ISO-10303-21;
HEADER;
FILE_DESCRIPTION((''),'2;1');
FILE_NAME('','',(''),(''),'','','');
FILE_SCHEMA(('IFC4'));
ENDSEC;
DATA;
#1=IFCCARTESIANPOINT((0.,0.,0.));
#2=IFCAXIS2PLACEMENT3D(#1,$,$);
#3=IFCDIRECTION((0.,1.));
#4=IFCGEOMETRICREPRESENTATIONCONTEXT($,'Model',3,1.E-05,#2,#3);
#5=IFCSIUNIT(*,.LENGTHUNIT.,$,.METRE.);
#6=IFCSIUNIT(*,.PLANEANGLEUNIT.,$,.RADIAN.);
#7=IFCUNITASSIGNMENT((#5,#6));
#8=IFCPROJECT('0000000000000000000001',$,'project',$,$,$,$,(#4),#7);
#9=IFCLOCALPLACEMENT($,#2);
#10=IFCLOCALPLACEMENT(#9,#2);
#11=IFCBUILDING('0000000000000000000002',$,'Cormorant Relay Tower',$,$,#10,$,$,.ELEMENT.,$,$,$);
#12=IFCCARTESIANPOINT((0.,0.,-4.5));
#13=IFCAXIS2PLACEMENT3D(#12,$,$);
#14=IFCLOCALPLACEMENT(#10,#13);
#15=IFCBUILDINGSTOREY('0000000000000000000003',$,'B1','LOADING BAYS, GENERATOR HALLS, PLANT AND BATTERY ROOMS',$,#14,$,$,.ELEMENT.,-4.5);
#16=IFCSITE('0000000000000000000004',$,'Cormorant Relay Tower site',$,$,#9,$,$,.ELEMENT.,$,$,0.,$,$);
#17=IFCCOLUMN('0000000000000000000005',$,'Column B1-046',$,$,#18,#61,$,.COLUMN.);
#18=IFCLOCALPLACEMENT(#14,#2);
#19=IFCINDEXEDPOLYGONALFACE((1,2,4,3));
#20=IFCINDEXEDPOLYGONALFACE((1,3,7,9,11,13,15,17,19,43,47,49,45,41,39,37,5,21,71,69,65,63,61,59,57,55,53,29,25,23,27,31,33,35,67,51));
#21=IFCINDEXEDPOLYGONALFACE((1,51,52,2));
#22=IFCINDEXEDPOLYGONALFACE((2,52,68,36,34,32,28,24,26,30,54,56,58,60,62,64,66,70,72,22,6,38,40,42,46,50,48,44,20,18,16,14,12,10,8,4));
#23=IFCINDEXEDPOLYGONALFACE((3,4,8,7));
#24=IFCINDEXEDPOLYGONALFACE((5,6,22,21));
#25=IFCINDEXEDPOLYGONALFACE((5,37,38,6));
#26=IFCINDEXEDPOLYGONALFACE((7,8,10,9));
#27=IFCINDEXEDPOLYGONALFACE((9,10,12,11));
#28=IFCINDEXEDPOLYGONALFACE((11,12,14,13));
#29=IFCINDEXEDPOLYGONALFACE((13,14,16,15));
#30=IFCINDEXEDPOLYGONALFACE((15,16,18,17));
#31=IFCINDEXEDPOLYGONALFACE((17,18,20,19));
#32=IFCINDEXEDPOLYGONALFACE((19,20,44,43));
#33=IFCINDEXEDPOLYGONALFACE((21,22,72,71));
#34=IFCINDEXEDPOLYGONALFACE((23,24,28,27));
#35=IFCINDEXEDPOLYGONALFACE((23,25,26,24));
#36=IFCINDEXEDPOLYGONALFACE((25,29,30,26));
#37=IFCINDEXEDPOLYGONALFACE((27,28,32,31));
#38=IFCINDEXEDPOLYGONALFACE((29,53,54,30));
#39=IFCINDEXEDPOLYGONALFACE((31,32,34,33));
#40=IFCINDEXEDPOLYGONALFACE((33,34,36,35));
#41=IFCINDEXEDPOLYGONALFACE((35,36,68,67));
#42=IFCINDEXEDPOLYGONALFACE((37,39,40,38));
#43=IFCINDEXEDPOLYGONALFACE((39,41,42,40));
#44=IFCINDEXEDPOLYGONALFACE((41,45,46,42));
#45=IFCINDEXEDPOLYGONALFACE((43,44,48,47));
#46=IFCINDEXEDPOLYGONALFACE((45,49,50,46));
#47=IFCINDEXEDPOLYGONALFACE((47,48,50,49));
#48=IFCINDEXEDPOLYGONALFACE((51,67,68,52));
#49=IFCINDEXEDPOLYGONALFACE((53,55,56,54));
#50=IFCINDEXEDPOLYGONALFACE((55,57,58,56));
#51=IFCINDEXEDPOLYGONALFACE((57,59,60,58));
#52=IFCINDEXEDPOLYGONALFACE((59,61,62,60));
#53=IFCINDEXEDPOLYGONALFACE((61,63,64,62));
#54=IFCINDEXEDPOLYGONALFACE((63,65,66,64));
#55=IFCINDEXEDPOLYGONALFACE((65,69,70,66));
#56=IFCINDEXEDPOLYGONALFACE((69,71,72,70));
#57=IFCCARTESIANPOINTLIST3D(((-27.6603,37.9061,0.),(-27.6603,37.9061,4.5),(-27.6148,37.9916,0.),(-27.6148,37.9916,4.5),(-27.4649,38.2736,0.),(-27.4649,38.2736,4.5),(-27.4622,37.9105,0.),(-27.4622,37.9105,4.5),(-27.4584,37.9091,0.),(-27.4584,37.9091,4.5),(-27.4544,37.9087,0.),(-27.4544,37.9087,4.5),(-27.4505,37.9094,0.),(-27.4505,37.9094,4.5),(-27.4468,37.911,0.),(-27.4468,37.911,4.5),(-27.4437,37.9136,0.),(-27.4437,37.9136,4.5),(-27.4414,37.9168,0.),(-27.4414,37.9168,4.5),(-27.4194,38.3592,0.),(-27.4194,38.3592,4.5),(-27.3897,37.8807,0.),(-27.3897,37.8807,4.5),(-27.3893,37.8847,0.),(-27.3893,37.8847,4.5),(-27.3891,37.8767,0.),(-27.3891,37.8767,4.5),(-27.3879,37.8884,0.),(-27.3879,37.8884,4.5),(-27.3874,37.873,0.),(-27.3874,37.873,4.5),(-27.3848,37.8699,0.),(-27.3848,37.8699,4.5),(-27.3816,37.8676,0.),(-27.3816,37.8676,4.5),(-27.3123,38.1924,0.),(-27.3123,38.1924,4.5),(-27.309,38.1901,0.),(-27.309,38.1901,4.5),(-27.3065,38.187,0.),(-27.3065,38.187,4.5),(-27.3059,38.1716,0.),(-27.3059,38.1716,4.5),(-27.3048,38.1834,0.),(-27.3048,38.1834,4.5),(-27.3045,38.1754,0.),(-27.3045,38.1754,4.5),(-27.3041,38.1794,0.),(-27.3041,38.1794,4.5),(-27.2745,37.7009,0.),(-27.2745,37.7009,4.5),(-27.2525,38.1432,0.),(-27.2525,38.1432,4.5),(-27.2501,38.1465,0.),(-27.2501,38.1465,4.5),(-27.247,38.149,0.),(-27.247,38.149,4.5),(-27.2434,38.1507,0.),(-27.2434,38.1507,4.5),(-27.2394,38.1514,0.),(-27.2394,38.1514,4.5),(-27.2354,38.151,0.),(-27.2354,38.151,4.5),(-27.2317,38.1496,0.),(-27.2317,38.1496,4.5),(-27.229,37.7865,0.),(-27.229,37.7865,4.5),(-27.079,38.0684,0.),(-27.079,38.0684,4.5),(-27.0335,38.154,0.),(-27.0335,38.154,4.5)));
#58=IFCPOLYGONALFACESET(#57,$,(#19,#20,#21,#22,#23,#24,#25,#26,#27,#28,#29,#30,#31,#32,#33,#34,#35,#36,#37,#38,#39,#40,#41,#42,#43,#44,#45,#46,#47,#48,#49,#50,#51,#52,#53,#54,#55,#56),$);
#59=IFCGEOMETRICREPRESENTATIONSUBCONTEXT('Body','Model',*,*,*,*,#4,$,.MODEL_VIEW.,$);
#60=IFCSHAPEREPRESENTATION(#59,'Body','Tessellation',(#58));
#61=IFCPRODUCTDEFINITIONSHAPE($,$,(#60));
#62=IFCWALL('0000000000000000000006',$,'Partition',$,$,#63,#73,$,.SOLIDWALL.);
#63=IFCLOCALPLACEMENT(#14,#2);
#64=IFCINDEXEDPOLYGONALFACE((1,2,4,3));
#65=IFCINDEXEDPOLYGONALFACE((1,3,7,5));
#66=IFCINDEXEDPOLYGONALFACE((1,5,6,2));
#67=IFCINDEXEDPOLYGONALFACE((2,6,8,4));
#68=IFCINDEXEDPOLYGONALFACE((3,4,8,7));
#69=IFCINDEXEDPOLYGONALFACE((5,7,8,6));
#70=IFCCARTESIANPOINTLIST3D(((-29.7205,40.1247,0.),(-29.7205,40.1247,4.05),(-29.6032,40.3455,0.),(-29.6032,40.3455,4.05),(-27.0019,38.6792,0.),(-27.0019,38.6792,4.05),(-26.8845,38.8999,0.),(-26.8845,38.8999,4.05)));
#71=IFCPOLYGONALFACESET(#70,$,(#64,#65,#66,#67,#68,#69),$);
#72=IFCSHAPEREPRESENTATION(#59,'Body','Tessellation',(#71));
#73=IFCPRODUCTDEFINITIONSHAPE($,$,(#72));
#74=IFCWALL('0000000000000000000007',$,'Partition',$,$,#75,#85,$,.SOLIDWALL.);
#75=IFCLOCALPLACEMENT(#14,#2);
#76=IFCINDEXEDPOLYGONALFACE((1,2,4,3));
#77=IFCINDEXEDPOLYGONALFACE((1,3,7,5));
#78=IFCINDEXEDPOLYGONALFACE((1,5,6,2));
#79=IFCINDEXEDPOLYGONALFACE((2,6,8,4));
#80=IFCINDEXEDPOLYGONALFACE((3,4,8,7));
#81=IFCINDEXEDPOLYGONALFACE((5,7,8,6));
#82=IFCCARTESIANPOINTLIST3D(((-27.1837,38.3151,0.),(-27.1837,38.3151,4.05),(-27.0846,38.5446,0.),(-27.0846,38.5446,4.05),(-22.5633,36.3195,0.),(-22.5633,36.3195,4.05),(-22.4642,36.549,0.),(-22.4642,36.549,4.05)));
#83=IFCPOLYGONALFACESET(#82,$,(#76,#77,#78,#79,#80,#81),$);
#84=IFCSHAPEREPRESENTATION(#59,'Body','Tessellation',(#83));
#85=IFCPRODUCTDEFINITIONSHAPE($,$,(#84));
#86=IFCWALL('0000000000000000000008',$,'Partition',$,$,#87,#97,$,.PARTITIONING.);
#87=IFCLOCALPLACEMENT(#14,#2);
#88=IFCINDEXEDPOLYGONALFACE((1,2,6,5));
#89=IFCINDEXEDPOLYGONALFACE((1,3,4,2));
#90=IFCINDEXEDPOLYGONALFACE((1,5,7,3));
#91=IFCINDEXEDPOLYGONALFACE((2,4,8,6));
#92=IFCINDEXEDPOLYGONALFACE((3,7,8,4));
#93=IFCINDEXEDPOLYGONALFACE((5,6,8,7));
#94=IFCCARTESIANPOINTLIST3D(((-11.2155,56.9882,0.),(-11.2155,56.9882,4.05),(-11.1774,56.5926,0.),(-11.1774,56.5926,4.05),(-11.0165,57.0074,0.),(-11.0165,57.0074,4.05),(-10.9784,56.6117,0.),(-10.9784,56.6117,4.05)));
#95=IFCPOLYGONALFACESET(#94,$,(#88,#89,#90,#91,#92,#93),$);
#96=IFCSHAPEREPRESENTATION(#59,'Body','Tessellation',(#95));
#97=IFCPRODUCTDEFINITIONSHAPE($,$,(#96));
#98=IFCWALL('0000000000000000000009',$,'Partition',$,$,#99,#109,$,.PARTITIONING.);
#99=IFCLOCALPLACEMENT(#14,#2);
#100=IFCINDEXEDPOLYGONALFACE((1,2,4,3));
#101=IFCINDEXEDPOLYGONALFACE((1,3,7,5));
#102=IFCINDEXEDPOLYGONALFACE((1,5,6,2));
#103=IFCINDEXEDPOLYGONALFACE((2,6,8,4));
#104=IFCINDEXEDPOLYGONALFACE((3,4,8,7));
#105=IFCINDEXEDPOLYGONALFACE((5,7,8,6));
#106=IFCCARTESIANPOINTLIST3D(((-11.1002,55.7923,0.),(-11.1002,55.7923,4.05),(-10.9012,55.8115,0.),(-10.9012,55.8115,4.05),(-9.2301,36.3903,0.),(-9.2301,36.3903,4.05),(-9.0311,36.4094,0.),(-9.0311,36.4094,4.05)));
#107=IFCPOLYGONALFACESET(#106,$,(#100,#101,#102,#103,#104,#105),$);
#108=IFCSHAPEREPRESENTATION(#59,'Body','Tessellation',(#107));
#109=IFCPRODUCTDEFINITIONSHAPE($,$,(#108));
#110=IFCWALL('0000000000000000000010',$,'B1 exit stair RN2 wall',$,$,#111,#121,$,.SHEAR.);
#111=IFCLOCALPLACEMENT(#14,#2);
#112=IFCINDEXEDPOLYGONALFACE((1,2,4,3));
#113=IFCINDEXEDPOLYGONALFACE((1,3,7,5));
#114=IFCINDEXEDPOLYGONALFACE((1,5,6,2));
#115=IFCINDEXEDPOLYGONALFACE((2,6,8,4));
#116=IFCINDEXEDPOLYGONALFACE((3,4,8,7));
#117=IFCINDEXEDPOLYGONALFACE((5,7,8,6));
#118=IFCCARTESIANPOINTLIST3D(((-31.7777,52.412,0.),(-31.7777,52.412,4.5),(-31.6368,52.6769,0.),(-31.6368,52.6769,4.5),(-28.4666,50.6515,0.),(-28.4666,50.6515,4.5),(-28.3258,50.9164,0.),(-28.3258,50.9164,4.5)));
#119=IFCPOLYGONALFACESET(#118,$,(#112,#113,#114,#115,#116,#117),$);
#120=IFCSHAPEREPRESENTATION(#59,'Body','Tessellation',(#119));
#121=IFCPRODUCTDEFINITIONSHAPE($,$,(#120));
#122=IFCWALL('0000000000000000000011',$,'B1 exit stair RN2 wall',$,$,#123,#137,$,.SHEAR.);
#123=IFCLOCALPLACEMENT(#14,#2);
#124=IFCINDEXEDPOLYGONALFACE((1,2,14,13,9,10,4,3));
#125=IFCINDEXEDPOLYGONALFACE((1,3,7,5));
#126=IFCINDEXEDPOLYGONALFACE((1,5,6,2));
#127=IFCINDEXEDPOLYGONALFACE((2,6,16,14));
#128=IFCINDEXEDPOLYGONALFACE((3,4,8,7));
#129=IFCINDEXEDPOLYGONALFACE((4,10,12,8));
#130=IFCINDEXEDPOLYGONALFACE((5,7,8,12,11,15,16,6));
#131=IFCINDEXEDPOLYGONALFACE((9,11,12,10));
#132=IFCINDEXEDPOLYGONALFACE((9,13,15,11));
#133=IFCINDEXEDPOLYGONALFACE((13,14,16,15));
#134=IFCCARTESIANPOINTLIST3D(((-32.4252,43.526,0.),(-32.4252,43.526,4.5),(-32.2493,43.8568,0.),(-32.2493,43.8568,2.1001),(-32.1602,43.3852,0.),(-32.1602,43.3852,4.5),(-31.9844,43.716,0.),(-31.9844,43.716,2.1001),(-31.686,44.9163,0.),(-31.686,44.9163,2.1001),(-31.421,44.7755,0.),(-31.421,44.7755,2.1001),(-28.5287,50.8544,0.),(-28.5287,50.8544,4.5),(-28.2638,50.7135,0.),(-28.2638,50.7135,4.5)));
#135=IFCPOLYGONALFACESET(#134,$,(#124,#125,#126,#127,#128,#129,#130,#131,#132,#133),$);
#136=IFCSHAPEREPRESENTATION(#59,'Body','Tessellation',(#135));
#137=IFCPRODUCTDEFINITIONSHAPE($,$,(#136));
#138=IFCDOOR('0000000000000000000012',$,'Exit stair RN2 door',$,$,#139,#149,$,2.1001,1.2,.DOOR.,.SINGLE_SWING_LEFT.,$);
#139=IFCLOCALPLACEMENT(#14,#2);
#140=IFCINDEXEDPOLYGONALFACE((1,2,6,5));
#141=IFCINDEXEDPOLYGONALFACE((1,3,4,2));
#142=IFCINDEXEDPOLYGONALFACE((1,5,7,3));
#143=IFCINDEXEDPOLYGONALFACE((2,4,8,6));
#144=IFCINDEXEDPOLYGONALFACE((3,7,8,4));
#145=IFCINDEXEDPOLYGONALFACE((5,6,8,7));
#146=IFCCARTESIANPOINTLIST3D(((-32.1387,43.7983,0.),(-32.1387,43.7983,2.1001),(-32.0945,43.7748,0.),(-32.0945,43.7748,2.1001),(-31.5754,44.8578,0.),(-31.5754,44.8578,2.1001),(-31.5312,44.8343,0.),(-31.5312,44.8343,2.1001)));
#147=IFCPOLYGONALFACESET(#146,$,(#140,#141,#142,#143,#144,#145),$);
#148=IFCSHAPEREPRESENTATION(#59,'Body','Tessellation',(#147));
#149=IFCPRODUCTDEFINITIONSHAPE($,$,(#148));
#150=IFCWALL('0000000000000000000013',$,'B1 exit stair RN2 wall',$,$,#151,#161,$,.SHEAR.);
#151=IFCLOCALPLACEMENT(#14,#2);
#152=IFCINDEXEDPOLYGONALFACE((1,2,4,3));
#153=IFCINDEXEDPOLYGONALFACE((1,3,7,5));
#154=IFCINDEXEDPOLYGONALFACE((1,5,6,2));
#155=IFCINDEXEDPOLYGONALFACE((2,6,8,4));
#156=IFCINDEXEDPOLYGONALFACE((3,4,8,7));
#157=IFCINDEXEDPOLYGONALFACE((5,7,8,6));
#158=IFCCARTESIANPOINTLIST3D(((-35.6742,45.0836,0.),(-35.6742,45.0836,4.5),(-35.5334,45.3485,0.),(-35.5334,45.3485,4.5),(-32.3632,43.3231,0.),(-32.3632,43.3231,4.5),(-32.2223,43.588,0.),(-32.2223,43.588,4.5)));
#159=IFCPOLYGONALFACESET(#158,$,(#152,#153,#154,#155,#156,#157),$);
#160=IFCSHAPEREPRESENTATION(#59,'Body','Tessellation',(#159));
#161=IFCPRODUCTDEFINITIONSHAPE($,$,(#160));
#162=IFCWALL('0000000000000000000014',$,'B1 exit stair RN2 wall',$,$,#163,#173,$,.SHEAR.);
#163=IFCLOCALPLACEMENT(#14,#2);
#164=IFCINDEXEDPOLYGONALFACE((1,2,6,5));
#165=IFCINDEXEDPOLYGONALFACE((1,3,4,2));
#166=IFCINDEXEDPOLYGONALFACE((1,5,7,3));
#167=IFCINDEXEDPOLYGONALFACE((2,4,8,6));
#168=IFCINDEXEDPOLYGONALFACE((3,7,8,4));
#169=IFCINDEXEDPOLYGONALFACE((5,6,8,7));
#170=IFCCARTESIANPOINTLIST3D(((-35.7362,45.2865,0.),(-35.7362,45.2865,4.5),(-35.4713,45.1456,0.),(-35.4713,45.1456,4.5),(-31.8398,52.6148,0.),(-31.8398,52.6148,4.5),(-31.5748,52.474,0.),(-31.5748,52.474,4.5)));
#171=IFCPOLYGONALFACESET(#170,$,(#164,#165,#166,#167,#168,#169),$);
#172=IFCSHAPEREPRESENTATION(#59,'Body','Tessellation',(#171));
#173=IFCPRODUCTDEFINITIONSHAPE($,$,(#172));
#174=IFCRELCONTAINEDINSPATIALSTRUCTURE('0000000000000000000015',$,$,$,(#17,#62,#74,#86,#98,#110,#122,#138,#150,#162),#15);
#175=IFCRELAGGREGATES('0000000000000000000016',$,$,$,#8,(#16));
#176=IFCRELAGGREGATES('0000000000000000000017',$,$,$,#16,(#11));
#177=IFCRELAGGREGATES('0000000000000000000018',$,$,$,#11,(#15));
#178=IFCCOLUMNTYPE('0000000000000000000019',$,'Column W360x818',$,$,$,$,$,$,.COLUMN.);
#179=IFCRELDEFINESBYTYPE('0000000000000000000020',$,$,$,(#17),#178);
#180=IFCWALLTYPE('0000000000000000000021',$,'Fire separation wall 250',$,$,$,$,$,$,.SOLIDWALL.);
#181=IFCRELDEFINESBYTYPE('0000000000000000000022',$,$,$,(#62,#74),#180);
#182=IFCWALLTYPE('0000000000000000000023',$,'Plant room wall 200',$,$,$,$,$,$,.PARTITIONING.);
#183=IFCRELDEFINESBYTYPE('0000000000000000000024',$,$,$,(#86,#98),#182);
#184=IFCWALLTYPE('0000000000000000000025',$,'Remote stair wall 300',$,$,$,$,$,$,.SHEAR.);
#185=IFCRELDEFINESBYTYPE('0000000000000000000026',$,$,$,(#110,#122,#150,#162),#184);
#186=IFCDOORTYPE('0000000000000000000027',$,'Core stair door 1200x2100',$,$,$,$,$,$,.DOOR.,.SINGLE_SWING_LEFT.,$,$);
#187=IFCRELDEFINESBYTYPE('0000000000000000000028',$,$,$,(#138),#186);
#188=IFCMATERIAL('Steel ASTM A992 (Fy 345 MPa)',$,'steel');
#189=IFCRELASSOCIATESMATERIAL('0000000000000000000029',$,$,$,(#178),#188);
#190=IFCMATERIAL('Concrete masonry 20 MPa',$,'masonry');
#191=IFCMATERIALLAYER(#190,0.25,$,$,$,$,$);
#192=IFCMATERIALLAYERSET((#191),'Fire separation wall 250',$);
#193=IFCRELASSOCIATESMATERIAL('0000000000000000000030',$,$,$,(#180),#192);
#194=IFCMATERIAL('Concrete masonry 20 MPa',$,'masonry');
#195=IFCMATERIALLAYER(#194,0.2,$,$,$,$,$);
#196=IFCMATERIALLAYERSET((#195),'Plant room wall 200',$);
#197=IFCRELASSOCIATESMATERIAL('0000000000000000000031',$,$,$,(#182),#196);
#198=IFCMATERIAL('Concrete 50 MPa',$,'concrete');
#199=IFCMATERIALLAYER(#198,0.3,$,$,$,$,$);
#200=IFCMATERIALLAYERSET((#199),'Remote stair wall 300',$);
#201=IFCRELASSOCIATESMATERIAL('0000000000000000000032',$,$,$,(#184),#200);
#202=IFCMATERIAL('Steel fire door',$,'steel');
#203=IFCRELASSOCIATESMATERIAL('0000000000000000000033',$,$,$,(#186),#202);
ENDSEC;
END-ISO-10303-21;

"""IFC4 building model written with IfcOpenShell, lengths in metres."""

from ifc_helpers import new_model, si_unit, direction, frame, frame_2d, origin, origin_2d, place, context, subcontext, project, spatial, rectangle, i_section, extrude, material, layer, layer_set, material_profile, profile_set, type_object, element, fill, save


model = new_model("IFC4")

# Units and contexts
model_context = context("Model", 3, precision=1e-05, world=origin(), true_north=direction((0.0, 1.0)))
body_context = subcontext(model_context, "Body", "Model", "MODEL_VIEW")
ifc_project = project(units=[si_unit("LENGTHUNIT", "METRE"), si_unit("PLANEANGLEUNIT", "RADIAN")], contexts=[model_context])

# Site, building, storey
site_placement = place(None, origin())
site = spatial("IfcSite", under=ifc_project, at=site_placement, Name="Cormorant Relay Tower site", CompositionType="ELEMENT", RefElevation=0.0)
building_placement = place(site_placement, origin())
building = spatial("IfcBuilding", under=site, at=building_placement, Name="Cormorant Relay Tower", CompositionType="ELEMENT")
storey_placement = place(building_placement, frame((0.0, 0.0, -4.5)))
storey = spatial("IfcBuildingStorey", under=building, at=storey_placement, Name="B1", Description="LOADING BAYS, GENERATOR HALLS, PLANT AND BATTERY ROOMS", CompositionType="ELEMENT", Elevation=-4.5)

# Column
ifc_material_1 = material(Name="Steel ASTM A992 (Fy 345 MPa)", Category="steel")
ifc_material_profile_1 = material_profile(ifc_material_1, i_section(OverallWidth=0.437, OverallDepth=0.5132, WebThickness=0.0605, FlangeThickness=0.0969, FilletRadius=0.0154, at=origin_2d()), Name="W360x818")
ifc_profile_set_1 = profile_set([ifc_material_profile_1], Name="Steel ASTM A992 (Fy 345 MPa)")
column_type_1 = type_object("IfcColumnType", Name="Column W360x818", PredefinedType="COLUMN", material=ifc_profile_set_1)
column_1_placement = place(storey_placement, frame((-27.3469, 38.03, 0.0), z_axis=(0.0, 0.0, 1.0), x_axis=(-0.882948, 0.469472, 0.0)))
element("IfcColumn", 1, at=column_1_placement, inside=storey, type_object=column_type_1, Name="Column B1-046", PredefinedType="COLUMN", context=body_context, shape_type="SweptSolid", body=[
    extrude(i_section(OverallWidth=0.437, OverallDepth=0.5132, WebThickness=0.0605, FlangeThickness=0.0969, FilletRadius=0.0154, at=origin_2d()), origin(), (0.0, 0.0, 1.0), 4.5),
])

# Walls
ifc_material_2 = material(Name="Concrete masonry 20 MPa", Category="masonry")
ifc_layer_1 = layer(ifc_material_2, 0.25)
ifc_layer_set_1 = layer_set([ifc_layer_1], Name="Fire separation wall 250")
wall_type_1 = type_object("IfcWallType", Name="Fire separation wall 250", PredefinedType="SOLIDWALL", material=ifc_layer_set_1)
wall_1_placement = place(storey_placement, frame((-29.6619, 40.2351, 0.0), z_axis=(0.0, 0.0, 1.0), x_axis=(0.882951, -0.469464, 0.0)))
element("IfcWall", 2, at=wall_1_placement, inside=storey, type_object=wall_type_1, Name="Partition", PredefinedType="SOLIDWALL", context=body_context, shape_type="SweptSolid", body=[
    extrude(rectangle(XDim=3.0791, YDim=0.25, at=frame_2d((1.5396, 0.0))), origin(), (0.0, 0.0, 1.0), 4.05),
])
wall_2_placement = place(storey_placement, frame((-27.1343, 38.4299, 0.0), z_axis=(0.0, 0.0, 1.0), x_axis=(0.91803, -0.396511, 0.0)))
element("IfcWall", 3, at=wall_2_placement, inside=storey, type_object=wall_type_1, Name="Partition", PredefinedType="SOLIDWALL", context=body_context, shape_type="SweptSolid", body=[
    extrude(rectangle(XDim=5.033, YDim=0.25, at=frame_2d((2.5166, 0.0))), origin(), (0.0, 0.0, 1.0), 4.05),
])
ifc_material_3 = material(Name="Concrete masonry 20 MPa", Category="masonry")
ifc_layer_2 = layer(ifc_material_3, 0.2)
ifc_layer_set_2 = layer_set([ifc_layer_2], Name="Plant room wall 200")
wall_type_2 = type_object("IfcWallType", Name="Plant room wall 200", PredefinedType="PARTITIONING", material=ifc_layer_set_2)
wall_3_placement = place(storey_placement, frame((-11.116, 56.9978, 0.0), z_axis=(0.0, 0.0, 1.0), x_axis=(0.095794, -0.995401, 0.0)))
element("IfcWall", 4, at=wall_3_placement, inside=storey, type_object=wall_type_2, Name="Partition", PredefinedType="PARTITIONING", context=body_context, shape_type="SweptSolid", body=[
    extrude(rectangle(XDim=0.3975, YDim=0.2, at=frame_2d((0.1987, 0.0))), origin(), (0.0, 0.0, 1.0), 4.05),
])
wall_4_placement = place(storey_placement, frame((-11.0007, 55.802, 0.0), z_axis=(0.0, 0.0, 1.0), x_axis=(0.095943, -0.995387, 0.0)))
element("IfcWall", 5, at=wall_4_placement, inside=storey, type_object=wall_type_2, Name="Partition", PredefinedType="PARTITIONING", context=body_context, shape_type="SweptSolid", body=[
    extrude(rectangle(XDim=19.4919, YDim=0.2, at=frame_2d((9.7461, 0.0))), origin(), (0.0, 0.0, 1.0), 4.05),
])
ifc_material_4 = material(Name="Concrete 50 MPa", Category="concrete")
ifc_layer_3 = layer(ifc_material_4, 0.3)
ifc_layer_set_3 = layer_set([ifc_layer_3], Name="Remote stair wall 300")
wall_type_3 = type_object("IfcWallType", Name="Remote stair wall 300", PredefinedType="SHEAR", material=ifc_layer_set_3)
wall_5_placement = place(storey_placement, frame((-31.7073, 52.5444, 0.0), z_axis=(0.0, 0.0, 1.0), x_axis=(0.882949, -0.469469, 0.0)))
element("IfcWall", 6, at=wall_5_placement, inside=storey, type_object=wall_type_3, Name="B1 exit stair RN2 wall", PredefinedType="SHEAR", context=body_context, shape_type="SweptSolid", body=[
    extrude(rectangle(XDim=3.75, YDim=0.3, at=frame_2d((1.875, 0.0))), origin(), (0.0, 0.0, 1.0), 4.5),
])

# Wall, opening, door
wall_6_placement = place(storey_placement, frame((-28.3962, 50.7839, 0.0), z_axis=(0.0, 0.0, 1.0), x_axis=(-0.469464, -0.882952, 0.0)))
wall_6 = element("IfcWall", 7, at=wall_6_placement, inside=storey, type_object=wall_type_3, Name="B1 exit stair RN2 wall", PredefinedType="SHEAR", context=body_context, shape_type="SweptSolid", body=[
    extrude(rectangle(XDim=8.2998, YDim=0.3, at=frame_2d((4.1499, 0.0))), origin(), (0.0, 0.0, 1.0), 4.5),
])
opening_placement = place(wall_6_placement, frame((6.7251, 0.0, 0.0)))
opening = element("IfcOpeningElement", 8, at=opening_placement, cuts=wall_6, PredefinedType="OPENING", context=body_context, shape_type="SweptSolid", body=[
    extrude(rectangle(XDim=1.2, YDim=2.1001, at=frame_2d((0.6001, 1.05))), frame((0.0, 0.1599, 0.0), z_axis=(0.0, -1.0, 0.0), x_axis=(1.0, 0.0, 0.0)), (0.0, 0.0, 1.0), 0.3201),
])
ifc_material_5 = material(Name="Steel fire door", Category="steel")
door_type = type_object("IfcDoorType", Name="Core stair door 1200x2100", OperationType="SINGLE_SWING_LEFT", PredefinedType="DOOR", material=ifc_material_5)
door_placement = place(opening_placement, frame((1.2, 0.0, 0.0), z_axis=(0.0, 0.0, 1.0), x_axis=(-1.0, 0.0, 0.0)))
door = element("IfcDoor", 9, at=door_placement, inside=storey, type_object=door_type, Name="Exit stair RN2 door", OperationType="SINGLE_SWING_LEFT", OverallHeight=2.1001, OverallWidth=1.2, PredefinedType="DOOR", context=body_context, shape_type="SweptSolid", body=[
    extrude(rectangle(XDim=1.2, YDim=2.1001, at=frame_2d((0.6001, 1.05))), frame((0.0, 0.0249, 0.0), z_axis=(0.0, -1.0, 0.0), x_axis=(1.0, 0.0, 0.0)), (0.0, 0.0, 1.0), 0.05),
])
fill(opening, door)

# Walls
wall_7_placement = place(storey_placement, frame((-32.2927, 43.4556, 0.0), z_axis=(0.0, 0.0, 1.0), x_axis=(-0.882949, 0.469469, 0.0)))
element("IfcWall", 10, at=wall_7_placement, inside=storey, type_object=wall_type_3, Name="B1 exit stair RN2 wall", PredefinedType="SHEAR", context=body_context, shape_type="SweptSolid", body=[
    extrude(rectangle(XDim=3.75, YDim=0.3, at=frame_2d((1.875, 0.0))), origin(), (0.0, 0.0, 1.0), 4.5),
])
wall_8_placement = place(storey_placement, frame((-35.6038, 45.2161, 0.0), z_axis=(0.0, 0.0, 1.0), x_axis=(0.469464, 0.882952, 0.0)))
element("IfcWall", 11, at=wall_8_placement, inside=storey, type_object=wall_type_3, Name="B1 exit stair RN2 wall", PredefinedType="SHEAR", context=body_context, shape_type="SweptSolid", body=[
    extrude(rectangle(XDim=8.2998, YDim=0.3, at=frame_2d((4.1499, 0.0))), origin(), (0.0, 0.0, 1.0), 4.5),
])

save(model, "model.ifc")
